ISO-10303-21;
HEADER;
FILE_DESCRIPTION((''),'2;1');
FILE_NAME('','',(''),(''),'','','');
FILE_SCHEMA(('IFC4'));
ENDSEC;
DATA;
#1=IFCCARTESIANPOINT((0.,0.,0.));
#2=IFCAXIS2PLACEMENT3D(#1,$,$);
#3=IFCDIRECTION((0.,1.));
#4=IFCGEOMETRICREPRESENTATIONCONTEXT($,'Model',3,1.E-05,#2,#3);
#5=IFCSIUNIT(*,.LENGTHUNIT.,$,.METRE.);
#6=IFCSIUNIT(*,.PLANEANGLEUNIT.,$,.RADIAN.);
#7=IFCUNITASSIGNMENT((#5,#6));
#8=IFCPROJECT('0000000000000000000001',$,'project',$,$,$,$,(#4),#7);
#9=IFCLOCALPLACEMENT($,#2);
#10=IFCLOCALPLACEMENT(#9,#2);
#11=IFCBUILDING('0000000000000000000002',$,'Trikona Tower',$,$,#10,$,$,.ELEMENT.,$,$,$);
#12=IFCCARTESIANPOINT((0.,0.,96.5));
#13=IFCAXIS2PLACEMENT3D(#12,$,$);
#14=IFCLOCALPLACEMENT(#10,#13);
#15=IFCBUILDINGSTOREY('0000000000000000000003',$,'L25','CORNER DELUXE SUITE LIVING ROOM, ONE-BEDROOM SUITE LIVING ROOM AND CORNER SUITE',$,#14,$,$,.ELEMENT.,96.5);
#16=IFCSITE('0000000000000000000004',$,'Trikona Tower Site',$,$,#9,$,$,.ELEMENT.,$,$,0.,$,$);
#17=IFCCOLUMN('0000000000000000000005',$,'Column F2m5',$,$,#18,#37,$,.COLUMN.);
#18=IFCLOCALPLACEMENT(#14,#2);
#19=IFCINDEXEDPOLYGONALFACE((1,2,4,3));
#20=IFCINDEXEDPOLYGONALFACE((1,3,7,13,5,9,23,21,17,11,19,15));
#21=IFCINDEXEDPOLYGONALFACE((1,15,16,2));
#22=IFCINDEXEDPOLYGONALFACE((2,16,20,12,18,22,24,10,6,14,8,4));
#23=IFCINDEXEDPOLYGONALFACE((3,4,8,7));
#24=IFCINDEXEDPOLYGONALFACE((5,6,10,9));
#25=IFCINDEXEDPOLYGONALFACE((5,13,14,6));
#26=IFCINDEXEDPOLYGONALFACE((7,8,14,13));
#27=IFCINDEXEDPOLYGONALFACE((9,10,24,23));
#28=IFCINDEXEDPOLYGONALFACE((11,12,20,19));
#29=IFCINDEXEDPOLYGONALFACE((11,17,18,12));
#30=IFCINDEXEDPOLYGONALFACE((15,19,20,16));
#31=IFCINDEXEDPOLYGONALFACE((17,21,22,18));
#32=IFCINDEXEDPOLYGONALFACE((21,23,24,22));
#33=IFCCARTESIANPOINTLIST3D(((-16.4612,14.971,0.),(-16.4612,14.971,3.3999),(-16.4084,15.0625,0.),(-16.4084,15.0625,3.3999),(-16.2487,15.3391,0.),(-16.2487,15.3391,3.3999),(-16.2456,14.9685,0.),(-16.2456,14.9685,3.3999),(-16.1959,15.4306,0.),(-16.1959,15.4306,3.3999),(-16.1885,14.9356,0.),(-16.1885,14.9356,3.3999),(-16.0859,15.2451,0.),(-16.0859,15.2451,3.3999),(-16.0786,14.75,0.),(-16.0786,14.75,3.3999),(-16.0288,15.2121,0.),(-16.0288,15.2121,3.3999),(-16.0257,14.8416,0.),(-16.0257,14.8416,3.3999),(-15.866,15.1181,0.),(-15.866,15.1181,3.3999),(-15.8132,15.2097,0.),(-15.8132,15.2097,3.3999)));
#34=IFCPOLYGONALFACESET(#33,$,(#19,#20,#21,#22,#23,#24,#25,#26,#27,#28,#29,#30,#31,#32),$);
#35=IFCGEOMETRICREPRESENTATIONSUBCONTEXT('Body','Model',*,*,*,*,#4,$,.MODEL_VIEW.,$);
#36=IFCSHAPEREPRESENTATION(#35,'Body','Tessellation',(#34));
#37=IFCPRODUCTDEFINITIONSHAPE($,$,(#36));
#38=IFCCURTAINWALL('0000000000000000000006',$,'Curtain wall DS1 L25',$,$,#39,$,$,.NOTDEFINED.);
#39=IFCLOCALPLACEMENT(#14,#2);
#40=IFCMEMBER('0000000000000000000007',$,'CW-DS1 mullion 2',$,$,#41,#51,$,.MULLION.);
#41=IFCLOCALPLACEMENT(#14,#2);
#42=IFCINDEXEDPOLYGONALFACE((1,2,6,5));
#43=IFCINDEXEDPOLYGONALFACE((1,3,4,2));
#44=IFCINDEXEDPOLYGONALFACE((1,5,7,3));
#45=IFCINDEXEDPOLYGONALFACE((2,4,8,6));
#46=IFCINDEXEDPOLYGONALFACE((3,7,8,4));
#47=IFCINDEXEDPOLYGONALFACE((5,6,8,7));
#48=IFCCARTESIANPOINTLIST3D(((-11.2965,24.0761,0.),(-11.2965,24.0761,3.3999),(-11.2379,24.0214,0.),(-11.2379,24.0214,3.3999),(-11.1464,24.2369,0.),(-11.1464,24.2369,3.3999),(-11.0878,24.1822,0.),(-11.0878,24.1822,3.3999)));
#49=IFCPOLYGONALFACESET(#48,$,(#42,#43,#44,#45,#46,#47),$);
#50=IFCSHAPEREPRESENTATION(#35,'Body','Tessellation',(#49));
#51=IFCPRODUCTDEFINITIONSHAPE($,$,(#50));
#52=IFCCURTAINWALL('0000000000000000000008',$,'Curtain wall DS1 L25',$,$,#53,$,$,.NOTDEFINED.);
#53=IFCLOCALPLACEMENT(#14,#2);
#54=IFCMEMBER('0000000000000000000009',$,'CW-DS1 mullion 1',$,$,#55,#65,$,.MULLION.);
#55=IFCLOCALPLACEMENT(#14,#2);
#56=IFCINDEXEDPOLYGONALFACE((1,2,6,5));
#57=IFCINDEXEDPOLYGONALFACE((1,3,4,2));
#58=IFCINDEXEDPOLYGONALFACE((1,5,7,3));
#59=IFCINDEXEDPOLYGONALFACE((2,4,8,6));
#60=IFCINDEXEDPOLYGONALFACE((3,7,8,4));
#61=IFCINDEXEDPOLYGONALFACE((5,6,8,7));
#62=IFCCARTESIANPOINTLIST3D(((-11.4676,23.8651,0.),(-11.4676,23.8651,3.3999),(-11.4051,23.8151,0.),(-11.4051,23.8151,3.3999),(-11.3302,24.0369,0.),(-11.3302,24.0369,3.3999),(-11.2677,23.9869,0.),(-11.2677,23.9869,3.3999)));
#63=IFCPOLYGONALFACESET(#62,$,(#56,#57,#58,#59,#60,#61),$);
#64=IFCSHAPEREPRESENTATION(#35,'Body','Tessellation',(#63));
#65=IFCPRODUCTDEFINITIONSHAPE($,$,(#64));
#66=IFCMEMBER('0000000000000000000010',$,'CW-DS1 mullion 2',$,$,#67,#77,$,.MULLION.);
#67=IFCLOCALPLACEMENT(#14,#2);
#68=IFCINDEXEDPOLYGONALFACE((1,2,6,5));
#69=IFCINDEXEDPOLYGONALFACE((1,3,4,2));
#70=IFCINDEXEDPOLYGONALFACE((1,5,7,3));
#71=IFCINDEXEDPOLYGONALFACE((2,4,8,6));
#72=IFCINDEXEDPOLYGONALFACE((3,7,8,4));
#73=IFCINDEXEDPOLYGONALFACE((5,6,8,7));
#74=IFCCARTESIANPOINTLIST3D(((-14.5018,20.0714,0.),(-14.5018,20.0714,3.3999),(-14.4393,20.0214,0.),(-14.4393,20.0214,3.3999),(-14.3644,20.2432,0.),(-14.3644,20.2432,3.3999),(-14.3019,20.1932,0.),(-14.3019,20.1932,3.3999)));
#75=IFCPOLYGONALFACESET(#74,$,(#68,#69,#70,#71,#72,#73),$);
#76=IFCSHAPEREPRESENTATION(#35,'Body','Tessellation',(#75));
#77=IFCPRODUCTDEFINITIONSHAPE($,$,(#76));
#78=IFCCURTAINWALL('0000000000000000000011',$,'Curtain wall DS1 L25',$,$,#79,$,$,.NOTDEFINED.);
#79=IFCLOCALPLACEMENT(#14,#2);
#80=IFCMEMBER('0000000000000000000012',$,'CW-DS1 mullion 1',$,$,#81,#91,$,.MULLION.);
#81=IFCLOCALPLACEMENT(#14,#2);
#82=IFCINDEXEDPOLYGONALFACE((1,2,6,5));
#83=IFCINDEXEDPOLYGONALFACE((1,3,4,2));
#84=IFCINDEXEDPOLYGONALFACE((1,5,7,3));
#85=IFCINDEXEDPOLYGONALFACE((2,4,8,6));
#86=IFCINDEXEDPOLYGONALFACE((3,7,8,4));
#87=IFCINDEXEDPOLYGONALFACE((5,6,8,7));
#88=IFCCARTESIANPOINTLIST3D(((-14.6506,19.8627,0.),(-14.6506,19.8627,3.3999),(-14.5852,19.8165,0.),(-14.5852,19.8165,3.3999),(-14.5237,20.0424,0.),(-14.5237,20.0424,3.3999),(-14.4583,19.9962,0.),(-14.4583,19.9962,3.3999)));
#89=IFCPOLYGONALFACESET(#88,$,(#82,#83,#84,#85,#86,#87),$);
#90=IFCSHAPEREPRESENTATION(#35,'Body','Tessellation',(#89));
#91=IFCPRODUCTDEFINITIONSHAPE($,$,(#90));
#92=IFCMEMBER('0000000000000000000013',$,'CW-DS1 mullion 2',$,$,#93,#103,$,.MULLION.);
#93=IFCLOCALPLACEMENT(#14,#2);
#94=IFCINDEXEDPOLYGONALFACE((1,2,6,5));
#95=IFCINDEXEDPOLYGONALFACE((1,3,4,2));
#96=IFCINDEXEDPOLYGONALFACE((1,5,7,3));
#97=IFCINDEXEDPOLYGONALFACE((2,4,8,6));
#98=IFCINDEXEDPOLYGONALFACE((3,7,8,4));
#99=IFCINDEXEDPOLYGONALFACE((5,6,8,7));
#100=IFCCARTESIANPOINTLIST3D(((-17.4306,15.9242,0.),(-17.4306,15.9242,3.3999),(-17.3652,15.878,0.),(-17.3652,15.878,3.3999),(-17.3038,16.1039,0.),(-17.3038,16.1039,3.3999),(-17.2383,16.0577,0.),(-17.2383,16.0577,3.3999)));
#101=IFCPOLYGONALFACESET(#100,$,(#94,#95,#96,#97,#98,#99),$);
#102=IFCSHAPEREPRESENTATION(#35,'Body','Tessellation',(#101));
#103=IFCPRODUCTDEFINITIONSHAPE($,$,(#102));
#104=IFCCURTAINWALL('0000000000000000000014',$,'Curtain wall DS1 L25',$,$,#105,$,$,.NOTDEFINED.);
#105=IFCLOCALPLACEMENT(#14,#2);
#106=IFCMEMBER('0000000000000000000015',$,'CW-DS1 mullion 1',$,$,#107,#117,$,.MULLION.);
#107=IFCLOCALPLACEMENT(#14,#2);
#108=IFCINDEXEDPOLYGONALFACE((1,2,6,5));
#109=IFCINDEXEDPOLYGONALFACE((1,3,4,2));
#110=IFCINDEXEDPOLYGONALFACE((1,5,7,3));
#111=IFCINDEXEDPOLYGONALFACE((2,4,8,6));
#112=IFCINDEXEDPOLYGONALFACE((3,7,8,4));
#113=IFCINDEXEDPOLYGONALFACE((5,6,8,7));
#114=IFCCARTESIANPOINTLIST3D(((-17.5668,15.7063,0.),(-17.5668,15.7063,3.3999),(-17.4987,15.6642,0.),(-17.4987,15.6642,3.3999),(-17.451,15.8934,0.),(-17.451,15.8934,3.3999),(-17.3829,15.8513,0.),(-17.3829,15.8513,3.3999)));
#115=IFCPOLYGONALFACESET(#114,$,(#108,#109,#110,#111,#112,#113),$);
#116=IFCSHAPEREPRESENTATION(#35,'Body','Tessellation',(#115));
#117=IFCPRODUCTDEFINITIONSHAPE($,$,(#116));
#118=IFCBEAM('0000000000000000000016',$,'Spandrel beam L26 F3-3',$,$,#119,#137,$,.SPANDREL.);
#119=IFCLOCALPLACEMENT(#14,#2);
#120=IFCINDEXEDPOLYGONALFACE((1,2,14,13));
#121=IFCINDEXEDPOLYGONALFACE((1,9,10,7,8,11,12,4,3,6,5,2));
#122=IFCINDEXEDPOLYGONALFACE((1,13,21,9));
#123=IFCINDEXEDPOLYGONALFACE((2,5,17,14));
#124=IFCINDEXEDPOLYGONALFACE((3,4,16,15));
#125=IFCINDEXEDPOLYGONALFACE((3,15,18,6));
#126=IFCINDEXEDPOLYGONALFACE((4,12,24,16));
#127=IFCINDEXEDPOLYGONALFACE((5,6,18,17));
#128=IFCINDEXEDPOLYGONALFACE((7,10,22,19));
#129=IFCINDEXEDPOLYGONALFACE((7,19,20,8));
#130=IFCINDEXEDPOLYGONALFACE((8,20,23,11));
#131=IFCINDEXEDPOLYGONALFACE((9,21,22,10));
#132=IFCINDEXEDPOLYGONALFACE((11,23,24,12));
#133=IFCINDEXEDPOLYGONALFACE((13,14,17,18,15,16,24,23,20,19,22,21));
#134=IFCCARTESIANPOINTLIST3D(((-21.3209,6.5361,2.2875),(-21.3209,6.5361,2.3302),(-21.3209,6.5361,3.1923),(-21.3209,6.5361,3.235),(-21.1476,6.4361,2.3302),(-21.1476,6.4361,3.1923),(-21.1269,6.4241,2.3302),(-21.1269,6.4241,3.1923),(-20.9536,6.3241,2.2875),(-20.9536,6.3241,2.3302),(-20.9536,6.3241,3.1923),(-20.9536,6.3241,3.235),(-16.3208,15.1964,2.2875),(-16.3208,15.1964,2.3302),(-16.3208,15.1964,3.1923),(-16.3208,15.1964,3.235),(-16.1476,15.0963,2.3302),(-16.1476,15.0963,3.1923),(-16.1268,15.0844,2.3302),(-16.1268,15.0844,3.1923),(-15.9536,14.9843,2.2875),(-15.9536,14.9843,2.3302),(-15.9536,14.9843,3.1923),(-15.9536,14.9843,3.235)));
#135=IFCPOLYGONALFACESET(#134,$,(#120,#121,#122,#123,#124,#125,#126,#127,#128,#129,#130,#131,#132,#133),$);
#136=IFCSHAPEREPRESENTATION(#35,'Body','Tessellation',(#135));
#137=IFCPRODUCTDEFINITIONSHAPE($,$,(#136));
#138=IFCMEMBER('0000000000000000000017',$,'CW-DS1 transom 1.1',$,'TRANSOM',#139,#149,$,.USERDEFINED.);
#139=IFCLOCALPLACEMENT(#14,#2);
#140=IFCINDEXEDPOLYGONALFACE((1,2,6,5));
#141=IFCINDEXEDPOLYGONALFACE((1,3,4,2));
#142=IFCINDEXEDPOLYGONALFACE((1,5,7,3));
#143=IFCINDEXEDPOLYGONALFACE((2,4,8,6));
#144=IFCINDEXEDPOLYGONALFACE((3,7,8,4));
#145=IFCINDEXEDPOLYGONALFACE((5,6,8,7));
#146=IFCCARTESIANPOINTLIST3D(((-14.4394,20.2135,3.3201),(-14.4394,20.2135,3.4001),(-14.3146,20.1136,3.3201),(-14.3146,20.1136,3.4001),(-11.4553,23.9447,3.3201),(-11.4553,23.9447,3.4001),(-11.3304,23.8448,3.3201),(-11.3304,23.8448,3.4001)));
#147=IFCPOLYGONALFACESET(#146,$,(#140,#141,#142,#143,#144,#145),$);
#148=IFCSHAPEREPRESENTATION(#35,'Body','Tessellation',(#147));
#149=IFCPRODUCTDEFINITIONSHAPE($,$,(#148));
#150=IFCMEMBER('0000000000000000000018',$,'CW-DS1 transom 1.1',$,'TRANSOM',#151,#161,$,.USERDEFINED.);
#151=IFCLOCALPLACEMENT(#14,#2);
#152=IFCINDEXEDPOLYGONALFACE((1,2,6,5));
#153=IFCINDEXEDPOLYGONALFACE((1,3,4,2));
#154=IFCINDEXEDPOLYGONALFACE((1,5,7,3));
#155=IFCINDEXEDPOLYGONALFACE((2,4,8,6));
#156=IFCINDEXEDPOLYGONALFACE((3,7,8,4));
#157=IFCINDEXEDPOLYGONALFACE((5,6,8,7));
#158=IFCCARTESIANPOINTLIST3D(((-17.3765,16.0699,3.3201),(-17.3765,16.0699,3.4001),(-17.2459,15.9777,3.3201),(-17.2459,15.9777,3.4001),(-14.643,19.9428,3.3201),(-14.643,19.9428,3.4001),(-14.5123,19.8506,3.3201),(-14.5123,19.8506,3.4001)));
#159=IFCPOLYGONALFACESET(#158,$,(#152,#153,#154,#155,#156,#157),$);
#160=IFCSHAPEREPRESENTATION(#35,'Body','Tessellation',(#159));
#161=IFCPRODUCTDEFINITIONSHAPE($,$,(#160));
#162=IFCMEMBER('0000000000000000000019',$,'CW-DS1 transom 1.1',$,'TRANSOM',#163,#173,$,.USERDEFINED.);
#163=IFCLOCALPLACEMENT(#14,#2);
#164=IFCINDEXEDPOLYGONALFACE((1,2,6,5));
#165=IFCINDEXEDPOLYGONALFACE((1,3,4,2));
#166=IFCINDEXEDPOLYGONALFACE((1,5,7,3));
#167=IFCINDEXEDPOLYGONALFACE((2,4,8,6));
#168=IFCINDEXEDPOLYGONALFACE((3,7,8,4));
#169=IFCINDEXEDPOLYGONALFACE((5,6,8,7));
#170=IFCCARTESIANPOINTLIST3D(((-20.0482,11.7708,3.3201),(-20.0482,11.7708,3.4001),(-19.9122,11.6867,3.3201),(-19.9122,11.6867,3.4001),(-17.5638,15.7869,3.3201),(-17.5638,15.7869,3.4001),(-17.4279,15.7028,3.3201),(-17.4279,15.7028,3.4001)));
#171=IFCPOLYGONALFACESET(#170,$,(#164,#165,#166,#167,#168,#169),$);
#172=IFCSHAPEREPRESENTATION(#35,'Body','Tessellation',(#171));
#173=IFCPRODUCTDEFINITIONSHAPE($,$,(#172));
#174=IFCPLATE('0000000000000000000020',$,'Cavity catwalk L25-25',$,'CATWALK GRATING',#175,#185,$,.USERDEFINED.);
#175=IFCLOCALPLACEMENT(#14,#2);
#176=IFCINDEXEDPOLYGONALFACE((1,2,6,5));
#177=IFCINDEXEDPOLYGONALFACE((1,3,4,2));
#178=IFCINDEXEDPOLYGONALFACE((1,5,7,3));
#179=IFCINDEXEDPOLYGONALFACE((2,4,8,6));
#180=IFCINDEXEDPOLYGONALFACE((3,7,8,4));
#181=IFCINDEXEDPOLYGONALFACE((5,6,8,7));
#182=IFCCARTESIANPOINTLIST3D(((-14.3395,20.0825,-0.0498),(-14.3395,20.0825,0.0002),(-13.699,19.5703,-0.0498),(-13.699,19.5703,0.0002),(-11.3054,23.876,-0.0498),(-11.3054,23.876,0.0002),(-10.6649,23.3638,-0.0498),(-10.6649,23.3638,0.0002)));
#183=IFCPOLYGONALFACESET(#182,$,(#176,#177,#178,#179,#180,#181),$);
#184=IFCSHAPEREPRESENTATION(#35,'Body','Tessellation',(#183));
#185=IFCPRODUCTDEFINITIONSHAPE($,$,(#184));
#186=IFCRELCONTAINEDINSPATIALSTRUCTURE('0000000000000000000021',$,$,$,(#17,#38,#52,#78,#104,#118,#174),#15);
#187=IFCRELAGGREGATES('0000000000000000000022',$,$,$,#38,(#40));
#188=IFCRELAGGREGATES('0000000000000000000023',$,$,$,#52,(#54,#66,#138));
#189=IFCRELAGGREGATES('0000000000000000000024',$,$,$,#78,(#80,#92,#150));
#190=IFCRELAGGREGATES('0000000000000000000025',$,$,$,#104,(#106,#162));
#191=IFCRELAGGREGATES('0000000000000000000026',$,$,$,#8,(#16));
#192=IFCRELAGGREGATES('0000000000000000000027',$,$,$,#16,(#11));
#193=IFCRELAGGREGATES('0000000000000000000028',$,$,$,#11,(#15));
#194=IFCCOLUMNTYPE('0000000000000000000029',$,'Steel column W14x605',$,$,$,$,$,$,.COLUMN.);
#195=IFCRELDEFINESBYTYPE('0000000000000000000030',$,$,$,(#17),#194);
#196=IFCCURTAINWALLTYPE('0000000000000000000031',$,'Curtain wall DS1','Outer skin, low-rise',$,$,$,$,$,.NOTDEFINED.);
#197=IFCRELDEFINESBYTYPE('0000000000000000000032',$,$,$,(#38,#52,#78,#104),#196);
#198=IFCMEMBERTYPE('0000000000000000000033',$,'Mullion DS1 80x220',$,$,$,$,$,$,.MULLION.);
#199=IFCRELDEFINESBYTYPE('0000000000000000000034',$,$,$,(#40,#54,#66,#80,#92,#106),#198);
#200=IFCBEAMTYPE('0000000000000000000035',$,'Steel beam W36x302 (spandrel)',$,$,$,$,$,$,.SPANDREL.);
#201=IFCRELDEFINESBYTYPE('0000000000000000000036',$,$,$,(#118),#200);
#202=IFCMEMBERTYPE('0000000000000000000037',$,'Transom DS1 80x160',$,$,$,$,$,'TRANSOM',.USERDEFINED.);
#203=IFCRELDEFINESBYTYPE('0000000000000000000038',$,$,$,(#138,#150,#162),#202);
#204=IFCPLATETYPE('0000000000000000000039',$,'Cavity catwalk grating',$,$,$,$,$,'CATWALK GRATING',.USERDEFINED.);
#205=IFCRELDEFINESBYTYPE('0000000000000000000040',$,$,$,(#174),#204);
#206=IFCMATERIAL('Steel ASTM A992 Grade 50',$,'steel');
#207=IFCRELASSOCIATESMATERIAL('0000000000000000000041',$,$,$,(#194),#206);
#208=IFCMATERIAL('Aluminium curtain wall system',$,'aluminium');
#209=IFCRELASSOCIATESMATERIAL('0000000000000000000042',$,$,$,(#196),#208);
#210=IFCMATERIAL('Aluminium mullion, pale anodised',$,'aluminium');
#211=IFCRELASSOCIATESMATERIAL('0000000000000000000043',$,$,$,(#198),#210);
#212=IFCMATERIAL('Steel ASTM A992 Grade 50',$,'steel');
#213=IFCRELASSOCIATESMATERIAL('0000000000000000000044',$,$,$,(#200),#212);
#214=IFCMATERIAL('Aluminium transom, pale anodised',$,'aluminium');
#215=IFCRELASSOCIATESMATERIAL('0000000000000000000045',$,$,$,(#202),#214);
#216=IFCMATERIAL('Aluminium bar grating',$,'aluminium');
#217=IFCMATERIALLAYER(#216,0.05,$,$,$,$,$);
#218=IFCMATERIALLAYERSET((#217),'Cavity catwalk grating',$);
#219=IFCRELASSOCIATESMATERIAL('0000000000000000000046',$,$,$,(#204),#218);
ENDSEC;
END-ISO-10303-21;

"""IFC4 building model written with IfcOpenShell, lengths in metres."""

from ifc_helpers import new_model, si_unit, direction, frame, origin, origin_2d, place, context, subcontext, project, spatial, rectangle, i_section, extrude, material, layer, layer_set, material_profile, profile_set, type_object, element, aggregate, save


model = new_model("IFC4")

# Units and contexts
model_context = context("Model", 3, precision=1e-05, world=origin(), true_north=direction((0.0, 1.0)))
body_context = subcontext(model_context, "Body", "Model", "MODEL_VIEW")
ifc_project = project(units=[si_unit("LENGTHUNIT", "METRE"), si_unit("PLANEANGLEUNIT", "RADIAN")], contexts=[model_context])

# Site, building, storey
site_placement = place(None, origin())
site = spatial("IfcSite", under=ifc_project, at=site_placement, Name="Trikona Tower Site", CompositionType="ELEMENT", RefElevation=0.0)
building_placement = place(site_placement, origin())
building = spatial("IfcBuilding", under=site, at=building_placement, Name="Trikona Tower", CompositionType="ELEMENT")
storey_placement = place(building_placement, frame((0.0, 0.0, 96.5)))
storey = spatial("IfcBuildingStorey", under=building, at=storey_placement, Name="L25", Description="CORNER DELUXE SUITE LIVING ROOM, ONE-BEDROOM SUITE LIVING ROOM AND CORNER SUITE", CompositionType="ELEMENT", Elevation=96.5)

# Column
ifc_material_1 = material(Name="Steel ASTM A992 Grade 50", Category="steel")
ifc_material_profile_1 = material_profile(ifc_material_1, i_section(OverallWidth=0.4419, OverallDepth=0.5308, WebThickness=0.0659, FlangeThickness=0.1057, at=origin_2d()), Name="W14X605")
ifc_profile_set_1 = profile_set([ifc_material_profile_1], Name="Steel ASTM A992 Grade 50")
column_type = type_object("IfcColumnType", Name="Steel column W14x605", PredefinedType="COLUMN", material=ifc_profile_set_1)
column_placement = place(storey_placement, frame((-16.1372, 15.0903, 0.0), z_axis=(0.0, 0.0, 1.0), x_axis=(-0.866025, 0.5, 0.0)))
element("IfcColumn", 1, at=column_placement, inside=storey, type_object=column_type, Name="Column F2m5", PredefinedType="COLUMN", context=body_context, shape_type="SweptSolid", body=[
    extrude(i_section(OverallWidth=0.4419, OverallDepth=0.5308, WebThickness=0.0659, FlangeThickness=0.1057, at=origin_2d()), origin(), (0.0, 0.0, 1.0), 3.3999),
])

# Curtain wall, member
ifc_material_2 = material(Name="Aluminium curtain wall system", Category="aluminium")
curtain_wall_type = type_object("IfcCurtainWallType", Name="Curtain wall DS1", Description="Outer skin, low-rise", PredefinedType="NOTDEFINED", material=ifc_material_2)
curtain_wall_1_placement = place(storey_placement, origin())
curtain_wall_1 = element("IfcCurtainWall", 2, at=curtain_wall_1_placement, inside=storey, type_object=curtain_wall_type, Name="Curtain wall DS1 L25", PredefinedType="NOTDEFINED")
ifc_material_3 = material(Name="Aluminium mullion, pale anodised", Category="aluminium")
ifc_material_profile_2 = material_profile(ifc_material_3, rectangle(XDim=0.0801, YDim=0.22, at=origin_2d()), Name="MUL-DS1")
ifc_profile_set_2 = profile_set([ifc_material_profile_2], Name="Aluminium mullion, pale anodised")
member_type_1 = type_object("IfcMemberType", Name="Mullion DS1 80x220", PredefinedType="MULLION", material=ifc_profile_set_2)
member_1_placement = place(storey_placement, frame((-11.1921, 24.1292, 0.0), z_axis=(0.0, 0.0, 1.0), x_axis=(0.731077, -0.682295, 0.0)))
member_1 = element("IfcMember", 3, at=member_1_placement, type_object=member_type_1, Name="CW-DS1 mullion 2", PredefinedType="MULLION", context=body_context, shape_type="SweptSolid", body=[
    extrude(rectangle(XDim=0.0801, YDim=0.22, at=origin_2d()), origin(), (0.0, 0.0, 1.0), 3.3999),
])
aggregate(curtain_wall_1, [member_1])

# Curtain walls, members
curtain_wall_2_placement = place(storey_placement, origin())
curtain_wall_2 = element("IfcCurtainWall", 4, at=curtain_wall_2_placement, inside=storey, type_object=curtain_wall_type, Name="Curtain wall DS1 L25", PredefinedType="NOTDEFINED")
member_2_placement = place(storey_placement, frame((-11.3677, 23.926, 0.0), z_axis=(0.0, 0.0, 1.0), x_axis=(0.780938, -0.624609, 0.0)))
member_2 = element("IfcMember", 5, at=member_2_placement, type_object=member_type_1, Name="CW-DS1 mullion 1", PredefinedType="MULLION", context=body_context, shape_type="SweptSolid", body=[
    extrude(rectangle(XDim=0.0801, YDim=0.22, at=origin_2d()), origin(), (0.0, 0.0, 1.0), 3.3999),
])
member_3_placement = place(storey_placement, frame((-14.4019, 20.1323, 0.0), z_axis=(0.0, 0.0, 1.0), x_axis=(0.780938, -0.624609, 0.0)))
member_3 = element("IfcMember", 6, at=member_3_placement, type_object=member_type_1, Name="CW-DS1 mullion 2", PredefinedType="MULLION", context=body_context, shape_type="SweptSolid", body=[
    extrude(rectangle(XDim=0.0801, YDim=0.22, at=origin_2d()), origin(), (0.0, 0.0, 1.0), 3.3999),
])
curtain_wall_3_placement = place(storey_placement, origin())
curtain_wall_3 = element("IfcCurtainWall", 7, at=curtain_wall_3_placement, inside=storey, type_object=curtain_wall_type, Name="Curtain wall DS1 L25", PredefinedType="NOTDEFINED")
member_4_placement = place(storey_placement, frame((-14.5544, 19.9294, 0.0), z_axis=(0.0, 0.0, 1.0), x_axis=(0.816985, -0.576658, 0.0)))
member_4 = element("IfcMember", 8, at=member_4_placement, type_object=member_type_1, Name="CW-DS1 mullion 1", PredefinedType="MULLION", context=body_context, shape_type="SweptSolid", body=[
    extrude(rectangle(XDim=0.0801, YDim=0.22, at=origin_2d()), origin(), (0.0, 0.0, 1.0), 3.3999),
])
member_5_placement = place(storey_placement, frame((-17.3345, 15.991, 0.0), z_axis=(0.0, 0.0, 1.0), x_axis=(0.816985, -0.576658, 0.0)))
member_5 = element("IfcMember", 9, at=member_5_placement, type_object=member_type_1, Name="CW-DS1 mullion 2", PredefinedType="MULLION", context=body_context, shape_type="SweptSolid", body=[
    extrude(rectangle(XDim=0.0801, YDim=0.22, at=origin_2d()), origin(), (0.0, 0.0, 1.0), 3.3999),
])

# Curtain wall, member
curtain_wall_4_placement = place(storey_placement, origin())
curtain_wall_4 = element("IfcCurtainWall", 10, at=curtain_wall_4_placement, inside=storey, type_object=curtain_wall_type, Name="Curtain wall DS1 L25", PredefinedType="NOTDEFINED")
member_6_placement = place(storey_placement, frame((-17.4749, 15.7788, 0.0), z_axis=(0.0, 0.0, 1.0), x_axis=(0.85041, -0.52612, 0.0)))
member_6 = element("IfcMember", 11, at=member_6_placement, type_object=member_type_1, Name="CW-DS1 mullion 1", PredefinedType="MULLION", context=body_context, shape_type="SweptSolid", body=[
    extrude(rectangle(XDim=0.0801, YDim=0.22, at=origin_2d()), origin(), (0.0, 0.0, 1.0), 3.3999),
])

# Beam
ifc_material_4 = material(Name="Steel ASTM A992 Grade 50", Category="steel")
ifc_material_profile_3 = material_profile(ifc_material_4, i_section(OverallWidth=0.4241, OverallDepth=0.9475, WebThickness=0.0239, FlangeThickness=0.0427, at=origin_2d()), Name="W36X302")
ifc_profile_set_3 = profile_set([ifc_material_profile_3], Name="Steel ASTM A992 Grade 50")
beam_type = type_object("IfcBeamType", Name="Steel beam W36x302 (spandrel)", PredefinedType="SPANDREL", material=ifc_profile_set_3)
beam_placement = place(storey_placement, frame((-16.1372, 15.0903, 2.7612), z_axis=(-0.500004, -0.866023, 0.0), x_axis=(0.866023, -0.500004, 0.0)))
element("IfcBeam", 12, at=beam_placement, inside=storey, type_object=beam_type, Name="Spandrel beam L26 F3-3", PredefinedType="SPANDREL", context=body_context, shape_type="SweptSolid", body=[
    extrude(i_section(OverallWidth=0.4241, OverallDepth=0.9475, WebThickness=0.0239, FlangeThickness=0.0427, at=origin_2d()), origin(), (0.0, 0.0, 1.0), 10.0),
])

# Members
ifc_material_5 = material(Name="Aluminium transom, pale anodised", Category="aluminium")
ifc_material_profile_4 = material_profile(ifc_material_5, rectangle(XDim=0.1599, YDim=0.0801, at=origin_2d()), Name="TRN-DS1")
ifc_profile_set_4 = profile_set([ifc_material_profile_4], Name="Aluminium transom, pale anodised")
member_type_2 = type_object("IfcMemberType", Name="Transom DS1 80x160", ElementType="TRANSOM", PredefinedType="USERDEFINED", material=ifc_profile_set_4)
member_7_placement = place(storey_placement, frame((-11.3928, 23.8948, 3.3601), z_axis=(-0.624589, -0.780954, 0.0), x_axis=(0.780954, -0.624589, 0.0)))
member_7 = element("IfcMember", 13, at=member_7_placement, type_object=member_type_2, Name="CW-DS1 transom 1.1", ObjectType="TRANSOM", PredefinedType="USERDEFINED", context=body_context, shape_type="SweptSolid", body=[
    extrude(rectangle(XDim=0.1599, YDim=0.0801, at=origin_2d()), origin(), (0.0, 0.0, 1.0), 4.7778),
])
member_8_placement = place(storey_placement, frame((-14.5776, 19.8967, 3.3601), z_axis=(-0.576645, -0.816995, 0.0), x_axis=(0.816995, -0.576645, 0.0)))
member_8 = element("IfcMember", 14, at=member_8_placement, type_object=member_type_2, Name="CW-DS1 transom 1.1", ObjectType="TRANSOM", PredefinedType="USERDEFINED", context=body_context, shape_type="SweptSolid", body=[
    extrude(rectangle(XDim=0.1599, YDim=0.0801, at=origin_2d()), origin(), (0.0, 0.0, 1.0), 4.7405),
])
member_9_placement = place(storey_placement, frame((-17.4958, 15.7449, 3.3601), z_axis=(-0.526081, -0.850435, 0.0), x_axis=(0.850435, -0.526081, 0.0)))
member_9 = element("IfcMember", 15, at=member_9_placement, type_object=member_type_2, Name="CW-DS1 transom 1.1", ObjectType="TRANSOM", PredefinedType="USERDEFINED", context=body_context, shape_type="SweptSolid", body=[
    extrude(rectangle(XDim=0.1599, YDim=0.0801, at=origin_2d()), origin(), (0.0, 0.0, 1.0), 4.7224),
])

# Plate
ifc_material_6 = material(Name="Aluminium bar grating", Category="aluminium")
ifc_layer_1 = layer(ifc_material_6, 0.05)
ifc_layer_set_1 = layer_set([ifc_layer_1], Name="Cavity catwalk grating")
plate_type_1 = type_object("IfcPlateType", Name="Cavity catwalk grating", ElementType="CATWALK GRATING", PredefinedType="USERDEFINED", material=ifc_layer_set_1)
plate_1_placement = place(storey_placement, frame((-12.5022, 21.7231, -0.0498), z_axis=(0.0, 0.0, 1.0), x_axis=(-0.624604, -0.780942, 0.0)))
element("IfcPlate", 16, at=plate_1_placement, inside=storey, type_object=plate_type_1, Name="Cavity catwalk L25-25", ObjectType="CATWALK GRATING", PredefinedType="USERDEFINED", context=body_context, shape_type="SweptSolid", body=[
    extrude(rectangle(XDim=4.8577, YDim=0.8201, at=origin_2d()), origin(), (0.0, 0.0, 1.0), 0.05),
])

aggregate(curtain_wall_2, [member_2, member_3, member_7])
aggregate(curtain_wall_3, [member_4, member_5, member_8])
aggregate(curtain_wall_4, [member_6, member_9])

save(model, "model.ifc")
